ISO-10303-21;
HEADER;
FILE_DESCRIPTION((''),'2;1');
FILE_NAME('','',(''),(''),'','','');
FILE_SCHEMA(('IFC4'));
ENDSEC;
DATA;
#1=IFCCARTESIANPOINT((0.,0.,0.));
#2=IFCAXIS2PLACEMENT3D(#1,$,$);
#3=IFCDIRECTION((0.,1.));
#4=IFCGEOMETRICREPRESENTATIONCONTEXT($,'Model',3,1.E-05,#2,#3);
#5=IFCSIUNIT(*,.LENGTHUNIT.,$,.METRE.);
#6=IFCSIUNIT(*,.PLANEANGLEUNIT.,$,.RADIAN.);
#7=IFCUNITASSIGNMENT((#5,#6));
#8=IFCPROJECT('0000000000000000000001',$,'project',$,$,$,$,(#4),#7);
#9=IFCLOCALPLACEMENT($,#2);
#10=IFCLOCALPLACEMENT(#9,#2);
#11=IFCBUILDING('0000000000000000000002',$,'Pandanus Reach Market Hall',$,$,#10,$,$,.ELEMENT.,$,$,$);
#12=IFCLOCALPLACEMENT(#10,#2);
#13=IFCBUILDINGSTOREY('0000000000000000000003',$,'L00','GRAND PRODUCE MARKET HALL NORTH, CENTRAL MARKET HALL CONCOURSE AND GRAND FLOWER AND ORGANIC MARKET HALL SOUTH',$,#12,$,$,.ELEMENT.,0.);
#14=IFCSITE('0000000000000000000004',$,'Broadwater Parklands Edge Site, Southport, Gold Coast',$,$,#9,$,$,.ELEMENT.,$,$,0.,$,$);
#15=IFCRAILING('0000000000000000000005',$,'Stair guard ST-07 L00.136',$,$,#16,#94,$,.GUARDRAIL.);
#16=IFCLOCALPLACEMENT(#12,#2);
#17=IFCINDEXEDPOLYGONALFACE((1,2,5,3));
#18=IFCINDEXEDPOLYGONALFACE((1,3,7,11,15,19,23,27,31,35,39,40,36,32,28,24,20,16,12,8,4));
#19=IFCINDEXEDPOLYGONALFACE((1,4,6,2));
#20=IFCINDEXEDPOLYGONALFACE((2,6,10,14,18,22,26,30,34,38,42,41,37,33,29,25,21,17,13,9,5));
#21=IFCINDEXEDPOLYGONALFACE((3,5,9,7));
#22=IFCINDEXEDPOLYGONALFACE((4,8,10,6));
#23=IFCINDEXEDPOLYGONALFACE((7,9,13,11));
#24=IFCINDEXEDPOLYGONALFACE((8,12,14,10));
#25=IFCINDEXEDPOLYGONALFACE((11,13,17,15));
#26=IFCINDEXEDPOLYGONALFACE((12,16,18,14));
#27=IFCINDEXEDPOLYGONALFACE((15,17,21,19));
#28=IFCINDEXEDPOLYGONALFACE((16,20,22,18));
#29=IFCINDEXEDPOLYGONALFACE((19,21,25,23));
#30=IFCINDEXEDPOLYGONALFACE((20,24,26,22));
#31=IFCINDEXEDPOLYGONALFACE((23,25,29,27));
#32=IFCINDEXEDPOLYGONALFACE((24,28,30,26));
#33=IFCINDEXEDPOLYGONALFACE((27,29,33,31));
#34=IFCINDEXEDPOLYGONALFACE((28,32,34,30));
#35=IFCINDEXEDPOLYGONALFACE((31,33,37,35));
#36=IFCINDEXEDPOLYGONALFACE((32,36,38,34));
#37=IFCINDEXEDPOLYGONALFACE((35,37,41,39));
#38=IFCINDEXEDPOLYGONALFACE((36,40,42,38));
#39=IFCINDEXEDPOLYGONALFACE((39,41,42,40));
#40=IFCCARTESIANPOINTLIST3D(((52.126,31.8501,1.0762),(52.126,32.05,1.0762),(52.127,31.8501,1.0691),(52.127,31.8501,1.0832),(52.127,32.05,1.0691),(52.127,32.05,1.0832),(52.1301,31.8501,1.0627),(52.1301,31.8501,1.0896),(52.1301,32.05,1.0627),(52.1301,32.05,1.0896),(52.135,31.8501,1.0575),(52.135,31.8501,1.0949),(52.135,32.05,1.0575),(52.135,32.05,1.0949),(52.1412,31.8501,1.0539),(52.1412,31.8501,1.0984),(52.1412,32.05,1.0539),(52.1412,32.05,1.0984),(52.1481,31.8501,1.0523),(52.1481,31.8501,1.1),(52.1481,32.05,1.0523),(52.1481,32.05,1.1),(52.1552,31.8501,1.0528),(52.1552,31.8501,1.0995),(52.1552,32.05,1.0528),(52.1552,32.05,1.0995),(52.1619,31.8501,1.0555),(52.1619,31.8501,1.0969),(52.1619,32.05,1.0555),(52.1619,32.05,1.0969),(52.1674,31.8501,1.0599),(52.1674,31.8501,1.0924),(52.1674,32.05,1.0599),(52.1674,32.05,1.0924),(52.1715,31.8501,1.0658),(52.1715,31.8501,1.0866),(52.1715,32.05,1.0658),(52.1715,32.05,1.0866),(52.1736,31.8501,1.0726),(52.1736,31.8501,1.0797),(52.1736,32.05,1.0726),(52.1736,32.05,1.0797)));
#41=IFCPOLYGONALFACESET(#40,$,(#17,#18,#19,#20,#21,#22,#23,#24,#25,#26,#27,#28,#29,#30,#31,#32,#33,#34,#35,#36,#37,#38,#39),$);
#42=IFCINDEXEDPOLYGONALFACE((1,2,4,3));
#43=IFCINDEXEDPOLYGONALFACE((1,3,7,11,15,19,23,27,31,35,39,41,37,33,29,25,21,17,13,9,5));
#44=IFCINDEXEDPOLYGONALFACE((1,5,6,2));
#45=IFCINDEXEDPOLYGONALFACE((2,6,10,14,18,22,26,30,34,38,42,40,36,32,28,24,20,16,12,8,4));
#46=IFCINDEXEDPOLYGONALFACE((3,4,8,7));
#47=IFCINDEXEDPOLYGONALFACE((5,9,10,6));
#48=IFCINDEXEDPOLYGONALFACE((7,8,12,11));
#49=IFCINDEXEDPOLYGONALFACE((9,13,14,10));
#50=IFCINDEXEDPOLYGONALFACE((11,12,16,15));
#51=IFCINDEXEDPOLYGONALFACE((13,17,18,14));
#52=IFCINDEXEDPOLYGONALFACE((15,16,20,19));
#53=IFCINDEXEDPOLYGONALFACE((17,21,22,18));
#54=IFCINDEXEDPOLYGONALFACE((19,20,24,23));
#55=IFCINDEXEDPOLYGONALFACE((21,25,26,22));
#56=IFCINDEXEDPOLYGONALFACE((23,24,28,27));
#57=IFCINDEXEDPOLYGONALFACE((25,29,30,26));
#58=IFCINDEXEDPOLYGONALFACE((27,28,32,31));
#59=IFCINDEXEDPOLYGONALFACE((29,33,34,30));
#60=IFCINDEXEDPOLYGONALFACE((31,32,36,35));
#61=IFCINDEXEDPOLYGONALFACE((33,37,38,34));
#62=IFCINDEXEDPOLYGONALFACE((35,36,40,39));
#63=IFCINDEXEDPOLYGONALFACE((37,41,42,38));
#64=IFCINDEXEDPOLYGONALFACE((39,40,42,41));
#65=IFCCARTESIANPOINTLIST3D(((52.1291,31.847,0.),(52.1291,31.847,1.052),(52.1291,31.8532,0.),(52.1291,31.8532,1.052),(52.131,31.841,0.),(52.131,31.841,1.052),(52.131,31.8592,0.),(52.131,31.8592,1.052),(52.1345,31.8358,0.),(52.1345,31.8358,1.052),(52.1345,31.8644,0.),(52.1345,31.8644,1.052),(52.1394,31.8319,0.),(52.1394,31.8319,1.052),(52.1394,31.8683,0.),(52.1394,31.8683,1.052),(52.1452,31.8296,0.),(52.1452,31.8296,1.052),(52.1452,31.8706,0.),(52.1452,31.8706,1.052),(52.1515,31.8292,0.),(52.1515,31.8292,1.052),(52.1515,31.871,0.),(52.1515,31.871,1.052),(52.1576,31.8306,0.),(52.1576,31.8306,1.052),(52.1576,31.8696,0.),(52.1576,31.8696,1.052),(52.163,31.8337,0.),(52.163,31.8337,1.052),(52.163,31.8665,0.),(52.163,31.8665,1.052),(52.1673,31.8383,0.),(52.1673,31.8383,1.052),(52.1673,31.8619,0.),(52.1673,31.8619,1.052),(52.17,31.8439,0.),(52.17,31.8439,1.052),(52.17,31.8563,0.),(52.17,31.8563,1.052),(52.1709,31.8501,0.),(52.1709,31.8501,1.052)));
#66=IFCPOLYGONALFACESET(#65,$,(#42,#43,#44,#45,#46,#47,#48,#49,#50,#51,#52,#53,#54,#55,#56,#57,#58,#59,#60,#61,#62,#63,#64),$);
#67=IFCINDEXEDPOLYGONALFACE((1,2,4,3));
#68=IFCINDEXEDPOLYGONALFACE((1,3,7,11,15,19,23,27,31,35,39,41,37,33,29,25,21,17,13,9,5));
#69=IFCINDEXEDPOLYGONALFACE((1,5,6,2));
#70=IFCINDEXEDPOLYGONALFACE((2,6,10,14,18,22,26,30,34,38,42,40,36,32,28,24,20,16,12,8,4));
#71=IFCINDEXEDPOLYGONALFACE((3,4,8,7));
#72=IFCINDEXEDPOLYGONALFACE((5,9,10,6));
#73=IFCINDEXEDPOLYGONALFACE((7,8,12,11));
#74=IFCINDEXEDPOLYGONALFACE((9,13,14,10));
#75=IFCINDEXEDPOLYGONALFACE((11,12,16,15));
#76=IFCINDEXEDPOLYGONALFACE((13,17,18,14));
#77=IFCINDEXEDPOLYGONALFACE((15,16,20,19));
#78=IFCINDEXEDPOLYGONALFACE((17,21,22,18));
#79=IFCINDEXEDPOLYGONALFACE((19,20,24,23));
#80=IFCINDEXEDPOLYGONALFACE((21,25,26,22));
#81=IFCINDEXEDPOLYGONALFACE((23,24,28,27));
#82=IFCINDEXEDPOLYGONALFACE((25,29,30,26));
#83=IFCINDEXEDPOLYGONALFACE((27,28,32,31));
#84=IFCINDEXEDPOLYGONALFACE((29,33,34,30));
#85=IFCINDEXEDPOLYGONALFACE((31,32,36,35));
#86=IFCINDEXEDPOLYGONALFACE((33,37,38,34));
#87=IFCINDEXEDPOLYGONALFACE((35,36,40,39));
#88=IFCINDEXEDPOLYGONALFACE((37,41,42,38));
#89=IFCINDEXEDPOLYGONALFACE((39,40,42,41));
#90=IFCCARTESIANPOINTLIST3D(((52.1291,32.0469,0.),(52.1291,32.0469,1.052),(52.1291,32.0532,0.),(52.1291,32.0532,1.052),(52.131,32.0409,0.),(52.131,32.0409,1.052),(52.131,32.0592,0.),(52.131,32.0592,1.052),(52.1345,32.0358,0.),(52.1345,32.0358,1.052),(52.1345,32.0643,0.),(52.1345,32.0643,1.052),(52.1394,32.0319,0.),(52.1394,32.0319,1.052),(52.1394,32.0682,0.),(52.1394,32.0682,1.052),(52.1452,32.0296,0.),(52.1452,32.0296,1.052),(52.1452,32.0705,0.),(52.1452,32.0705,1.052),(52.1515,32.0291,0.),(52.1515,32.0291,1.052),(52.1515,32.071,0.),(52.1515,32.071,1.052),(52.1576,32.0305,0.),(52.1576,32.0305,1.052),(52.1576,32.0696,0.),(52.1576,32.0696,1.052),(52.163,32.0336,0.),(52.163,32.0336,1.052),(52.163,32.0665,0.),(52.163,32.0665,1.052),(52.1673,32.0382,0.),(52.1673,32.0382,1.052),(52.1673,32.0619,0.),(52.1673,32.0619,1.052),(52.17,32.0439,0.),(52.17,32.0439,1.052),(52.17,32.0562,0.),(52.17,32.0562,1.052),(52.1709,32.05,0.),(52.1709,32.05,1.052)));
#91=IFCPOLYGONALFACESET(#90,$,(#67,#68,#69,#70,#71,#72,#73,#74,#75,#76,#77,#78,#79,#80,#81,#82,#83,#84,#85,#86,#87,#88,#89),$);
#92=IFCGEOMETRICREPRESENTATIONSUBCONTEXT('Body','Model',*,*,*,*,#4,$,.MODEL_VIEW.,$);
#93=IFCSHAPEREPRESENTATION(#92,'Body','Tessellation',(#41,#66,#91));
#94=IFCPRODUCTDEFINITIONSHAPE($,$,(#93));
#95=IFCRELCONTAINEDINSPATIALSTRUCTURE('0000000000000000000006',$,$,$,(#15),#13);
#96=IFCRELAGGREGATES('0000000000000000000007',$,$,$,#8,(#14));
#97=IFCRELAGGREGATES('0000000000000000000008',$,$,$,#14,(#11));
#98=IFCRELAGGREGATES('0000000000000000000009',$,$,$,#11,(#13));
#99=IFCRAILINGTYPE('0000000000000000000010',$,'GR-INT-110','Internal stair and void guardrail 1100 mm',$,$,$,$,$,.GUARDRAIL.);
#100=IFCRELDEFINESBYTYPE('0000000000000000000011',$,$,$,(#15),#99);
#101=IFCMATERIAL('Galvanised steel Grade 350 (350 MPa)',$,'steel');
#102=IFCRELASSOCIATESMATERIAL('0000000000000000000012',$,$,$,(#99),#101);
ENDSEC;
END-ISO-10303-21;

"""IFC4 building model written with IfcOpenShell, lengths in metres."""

from ifc_helpers import new_model, si_unit, direction, frame, origin, origin_2d, place, context, subcontext, project, spatial, circle, extrude, material, type_object, element, save


model = new_model("IFC4")

# Units and contexts
model_context = context("Model", 3, precision=1e-05, world=origin(), true_north=direction((0.0, 1.0)))
body_context = subcontext(model_context, "Body", "Model", "MODEL_VIEW")
ifc_project = project(units=[si_unit("LENGTHUNIT", "METRE"), si_unit("PLANEANGLEUNIT", "RADIAN")], contexts=[model_context])

# Site, building, storey
site_placement = place(None, origin())
site = spatial("IfcSite", under=ifc_project, at=site_placement, Name="Broadwater Parklands Edge Site, Southport, Gold Coast", CompositionType="ELEMENT", RefElevation=0.0)
building_placement = place(site_placement, origin())
building = spatial("IfcBuilding", under=site, at=building_placement, Name="Pandanus Reach Market Hall", CompositionType="ELEMENT")
storey_placement = place(building_placement, origin())
storey = spatial("IfcBuildingStorey", under=building, at=storey_placement, Name="L00", Description="GRAND PRODUCE MARKET HALL NORTH, CENTRAL MARKET HALL CONCOURSE AND GRAND FLOWER AND ORGANIC MARKET HALL SOUTH", CompositionType="ELEMENT", Elevation=0.0)

# Railing
ifc_material_1 = material(Name="Galvanised steel Grade 350 (350 MPa)", Category="steel")
railing_type_1 = type_object("IfcRailingType", Name="GR-INT-110", Description="Internal stair and void guardrail 1100 mm", PredefinedType="GUARDRAIL", material=ifc_material_1)
railing_1_placement = place(storey_placement, frame((52.1499, 31.8501, 0.0)))
element("IfcRailing", 1, at=railing_1_placement, inside=storey, type_object=railing_type_1, Name="Stair guard ST-07 L00.136", PredefinedType="GUARDRAIL", context=body_context, shape_type="SweptSolid", body=[
    extrude(circle(Radius=0.0239, at=origin_2d()), frame((0.0, 0.0, 1.0762), z_axis=(0.0, 1.0, 0.0), x_axis=(-1.0, 0.0, 0.0)), (0.0, 0.0, 1.0), 0.2),
    extrude(circle(Radius=0.021, at=origin_2d()), origin(), (0.0, 0.0, 1.0), 1.052),
    extrude(circle(Radius=0.021, at=origin_2d()), frame((0.0, 0.2, 0.0)), (0.0, 0.0, 1.0), 1.052),
])

save(model, "model.ifc")
